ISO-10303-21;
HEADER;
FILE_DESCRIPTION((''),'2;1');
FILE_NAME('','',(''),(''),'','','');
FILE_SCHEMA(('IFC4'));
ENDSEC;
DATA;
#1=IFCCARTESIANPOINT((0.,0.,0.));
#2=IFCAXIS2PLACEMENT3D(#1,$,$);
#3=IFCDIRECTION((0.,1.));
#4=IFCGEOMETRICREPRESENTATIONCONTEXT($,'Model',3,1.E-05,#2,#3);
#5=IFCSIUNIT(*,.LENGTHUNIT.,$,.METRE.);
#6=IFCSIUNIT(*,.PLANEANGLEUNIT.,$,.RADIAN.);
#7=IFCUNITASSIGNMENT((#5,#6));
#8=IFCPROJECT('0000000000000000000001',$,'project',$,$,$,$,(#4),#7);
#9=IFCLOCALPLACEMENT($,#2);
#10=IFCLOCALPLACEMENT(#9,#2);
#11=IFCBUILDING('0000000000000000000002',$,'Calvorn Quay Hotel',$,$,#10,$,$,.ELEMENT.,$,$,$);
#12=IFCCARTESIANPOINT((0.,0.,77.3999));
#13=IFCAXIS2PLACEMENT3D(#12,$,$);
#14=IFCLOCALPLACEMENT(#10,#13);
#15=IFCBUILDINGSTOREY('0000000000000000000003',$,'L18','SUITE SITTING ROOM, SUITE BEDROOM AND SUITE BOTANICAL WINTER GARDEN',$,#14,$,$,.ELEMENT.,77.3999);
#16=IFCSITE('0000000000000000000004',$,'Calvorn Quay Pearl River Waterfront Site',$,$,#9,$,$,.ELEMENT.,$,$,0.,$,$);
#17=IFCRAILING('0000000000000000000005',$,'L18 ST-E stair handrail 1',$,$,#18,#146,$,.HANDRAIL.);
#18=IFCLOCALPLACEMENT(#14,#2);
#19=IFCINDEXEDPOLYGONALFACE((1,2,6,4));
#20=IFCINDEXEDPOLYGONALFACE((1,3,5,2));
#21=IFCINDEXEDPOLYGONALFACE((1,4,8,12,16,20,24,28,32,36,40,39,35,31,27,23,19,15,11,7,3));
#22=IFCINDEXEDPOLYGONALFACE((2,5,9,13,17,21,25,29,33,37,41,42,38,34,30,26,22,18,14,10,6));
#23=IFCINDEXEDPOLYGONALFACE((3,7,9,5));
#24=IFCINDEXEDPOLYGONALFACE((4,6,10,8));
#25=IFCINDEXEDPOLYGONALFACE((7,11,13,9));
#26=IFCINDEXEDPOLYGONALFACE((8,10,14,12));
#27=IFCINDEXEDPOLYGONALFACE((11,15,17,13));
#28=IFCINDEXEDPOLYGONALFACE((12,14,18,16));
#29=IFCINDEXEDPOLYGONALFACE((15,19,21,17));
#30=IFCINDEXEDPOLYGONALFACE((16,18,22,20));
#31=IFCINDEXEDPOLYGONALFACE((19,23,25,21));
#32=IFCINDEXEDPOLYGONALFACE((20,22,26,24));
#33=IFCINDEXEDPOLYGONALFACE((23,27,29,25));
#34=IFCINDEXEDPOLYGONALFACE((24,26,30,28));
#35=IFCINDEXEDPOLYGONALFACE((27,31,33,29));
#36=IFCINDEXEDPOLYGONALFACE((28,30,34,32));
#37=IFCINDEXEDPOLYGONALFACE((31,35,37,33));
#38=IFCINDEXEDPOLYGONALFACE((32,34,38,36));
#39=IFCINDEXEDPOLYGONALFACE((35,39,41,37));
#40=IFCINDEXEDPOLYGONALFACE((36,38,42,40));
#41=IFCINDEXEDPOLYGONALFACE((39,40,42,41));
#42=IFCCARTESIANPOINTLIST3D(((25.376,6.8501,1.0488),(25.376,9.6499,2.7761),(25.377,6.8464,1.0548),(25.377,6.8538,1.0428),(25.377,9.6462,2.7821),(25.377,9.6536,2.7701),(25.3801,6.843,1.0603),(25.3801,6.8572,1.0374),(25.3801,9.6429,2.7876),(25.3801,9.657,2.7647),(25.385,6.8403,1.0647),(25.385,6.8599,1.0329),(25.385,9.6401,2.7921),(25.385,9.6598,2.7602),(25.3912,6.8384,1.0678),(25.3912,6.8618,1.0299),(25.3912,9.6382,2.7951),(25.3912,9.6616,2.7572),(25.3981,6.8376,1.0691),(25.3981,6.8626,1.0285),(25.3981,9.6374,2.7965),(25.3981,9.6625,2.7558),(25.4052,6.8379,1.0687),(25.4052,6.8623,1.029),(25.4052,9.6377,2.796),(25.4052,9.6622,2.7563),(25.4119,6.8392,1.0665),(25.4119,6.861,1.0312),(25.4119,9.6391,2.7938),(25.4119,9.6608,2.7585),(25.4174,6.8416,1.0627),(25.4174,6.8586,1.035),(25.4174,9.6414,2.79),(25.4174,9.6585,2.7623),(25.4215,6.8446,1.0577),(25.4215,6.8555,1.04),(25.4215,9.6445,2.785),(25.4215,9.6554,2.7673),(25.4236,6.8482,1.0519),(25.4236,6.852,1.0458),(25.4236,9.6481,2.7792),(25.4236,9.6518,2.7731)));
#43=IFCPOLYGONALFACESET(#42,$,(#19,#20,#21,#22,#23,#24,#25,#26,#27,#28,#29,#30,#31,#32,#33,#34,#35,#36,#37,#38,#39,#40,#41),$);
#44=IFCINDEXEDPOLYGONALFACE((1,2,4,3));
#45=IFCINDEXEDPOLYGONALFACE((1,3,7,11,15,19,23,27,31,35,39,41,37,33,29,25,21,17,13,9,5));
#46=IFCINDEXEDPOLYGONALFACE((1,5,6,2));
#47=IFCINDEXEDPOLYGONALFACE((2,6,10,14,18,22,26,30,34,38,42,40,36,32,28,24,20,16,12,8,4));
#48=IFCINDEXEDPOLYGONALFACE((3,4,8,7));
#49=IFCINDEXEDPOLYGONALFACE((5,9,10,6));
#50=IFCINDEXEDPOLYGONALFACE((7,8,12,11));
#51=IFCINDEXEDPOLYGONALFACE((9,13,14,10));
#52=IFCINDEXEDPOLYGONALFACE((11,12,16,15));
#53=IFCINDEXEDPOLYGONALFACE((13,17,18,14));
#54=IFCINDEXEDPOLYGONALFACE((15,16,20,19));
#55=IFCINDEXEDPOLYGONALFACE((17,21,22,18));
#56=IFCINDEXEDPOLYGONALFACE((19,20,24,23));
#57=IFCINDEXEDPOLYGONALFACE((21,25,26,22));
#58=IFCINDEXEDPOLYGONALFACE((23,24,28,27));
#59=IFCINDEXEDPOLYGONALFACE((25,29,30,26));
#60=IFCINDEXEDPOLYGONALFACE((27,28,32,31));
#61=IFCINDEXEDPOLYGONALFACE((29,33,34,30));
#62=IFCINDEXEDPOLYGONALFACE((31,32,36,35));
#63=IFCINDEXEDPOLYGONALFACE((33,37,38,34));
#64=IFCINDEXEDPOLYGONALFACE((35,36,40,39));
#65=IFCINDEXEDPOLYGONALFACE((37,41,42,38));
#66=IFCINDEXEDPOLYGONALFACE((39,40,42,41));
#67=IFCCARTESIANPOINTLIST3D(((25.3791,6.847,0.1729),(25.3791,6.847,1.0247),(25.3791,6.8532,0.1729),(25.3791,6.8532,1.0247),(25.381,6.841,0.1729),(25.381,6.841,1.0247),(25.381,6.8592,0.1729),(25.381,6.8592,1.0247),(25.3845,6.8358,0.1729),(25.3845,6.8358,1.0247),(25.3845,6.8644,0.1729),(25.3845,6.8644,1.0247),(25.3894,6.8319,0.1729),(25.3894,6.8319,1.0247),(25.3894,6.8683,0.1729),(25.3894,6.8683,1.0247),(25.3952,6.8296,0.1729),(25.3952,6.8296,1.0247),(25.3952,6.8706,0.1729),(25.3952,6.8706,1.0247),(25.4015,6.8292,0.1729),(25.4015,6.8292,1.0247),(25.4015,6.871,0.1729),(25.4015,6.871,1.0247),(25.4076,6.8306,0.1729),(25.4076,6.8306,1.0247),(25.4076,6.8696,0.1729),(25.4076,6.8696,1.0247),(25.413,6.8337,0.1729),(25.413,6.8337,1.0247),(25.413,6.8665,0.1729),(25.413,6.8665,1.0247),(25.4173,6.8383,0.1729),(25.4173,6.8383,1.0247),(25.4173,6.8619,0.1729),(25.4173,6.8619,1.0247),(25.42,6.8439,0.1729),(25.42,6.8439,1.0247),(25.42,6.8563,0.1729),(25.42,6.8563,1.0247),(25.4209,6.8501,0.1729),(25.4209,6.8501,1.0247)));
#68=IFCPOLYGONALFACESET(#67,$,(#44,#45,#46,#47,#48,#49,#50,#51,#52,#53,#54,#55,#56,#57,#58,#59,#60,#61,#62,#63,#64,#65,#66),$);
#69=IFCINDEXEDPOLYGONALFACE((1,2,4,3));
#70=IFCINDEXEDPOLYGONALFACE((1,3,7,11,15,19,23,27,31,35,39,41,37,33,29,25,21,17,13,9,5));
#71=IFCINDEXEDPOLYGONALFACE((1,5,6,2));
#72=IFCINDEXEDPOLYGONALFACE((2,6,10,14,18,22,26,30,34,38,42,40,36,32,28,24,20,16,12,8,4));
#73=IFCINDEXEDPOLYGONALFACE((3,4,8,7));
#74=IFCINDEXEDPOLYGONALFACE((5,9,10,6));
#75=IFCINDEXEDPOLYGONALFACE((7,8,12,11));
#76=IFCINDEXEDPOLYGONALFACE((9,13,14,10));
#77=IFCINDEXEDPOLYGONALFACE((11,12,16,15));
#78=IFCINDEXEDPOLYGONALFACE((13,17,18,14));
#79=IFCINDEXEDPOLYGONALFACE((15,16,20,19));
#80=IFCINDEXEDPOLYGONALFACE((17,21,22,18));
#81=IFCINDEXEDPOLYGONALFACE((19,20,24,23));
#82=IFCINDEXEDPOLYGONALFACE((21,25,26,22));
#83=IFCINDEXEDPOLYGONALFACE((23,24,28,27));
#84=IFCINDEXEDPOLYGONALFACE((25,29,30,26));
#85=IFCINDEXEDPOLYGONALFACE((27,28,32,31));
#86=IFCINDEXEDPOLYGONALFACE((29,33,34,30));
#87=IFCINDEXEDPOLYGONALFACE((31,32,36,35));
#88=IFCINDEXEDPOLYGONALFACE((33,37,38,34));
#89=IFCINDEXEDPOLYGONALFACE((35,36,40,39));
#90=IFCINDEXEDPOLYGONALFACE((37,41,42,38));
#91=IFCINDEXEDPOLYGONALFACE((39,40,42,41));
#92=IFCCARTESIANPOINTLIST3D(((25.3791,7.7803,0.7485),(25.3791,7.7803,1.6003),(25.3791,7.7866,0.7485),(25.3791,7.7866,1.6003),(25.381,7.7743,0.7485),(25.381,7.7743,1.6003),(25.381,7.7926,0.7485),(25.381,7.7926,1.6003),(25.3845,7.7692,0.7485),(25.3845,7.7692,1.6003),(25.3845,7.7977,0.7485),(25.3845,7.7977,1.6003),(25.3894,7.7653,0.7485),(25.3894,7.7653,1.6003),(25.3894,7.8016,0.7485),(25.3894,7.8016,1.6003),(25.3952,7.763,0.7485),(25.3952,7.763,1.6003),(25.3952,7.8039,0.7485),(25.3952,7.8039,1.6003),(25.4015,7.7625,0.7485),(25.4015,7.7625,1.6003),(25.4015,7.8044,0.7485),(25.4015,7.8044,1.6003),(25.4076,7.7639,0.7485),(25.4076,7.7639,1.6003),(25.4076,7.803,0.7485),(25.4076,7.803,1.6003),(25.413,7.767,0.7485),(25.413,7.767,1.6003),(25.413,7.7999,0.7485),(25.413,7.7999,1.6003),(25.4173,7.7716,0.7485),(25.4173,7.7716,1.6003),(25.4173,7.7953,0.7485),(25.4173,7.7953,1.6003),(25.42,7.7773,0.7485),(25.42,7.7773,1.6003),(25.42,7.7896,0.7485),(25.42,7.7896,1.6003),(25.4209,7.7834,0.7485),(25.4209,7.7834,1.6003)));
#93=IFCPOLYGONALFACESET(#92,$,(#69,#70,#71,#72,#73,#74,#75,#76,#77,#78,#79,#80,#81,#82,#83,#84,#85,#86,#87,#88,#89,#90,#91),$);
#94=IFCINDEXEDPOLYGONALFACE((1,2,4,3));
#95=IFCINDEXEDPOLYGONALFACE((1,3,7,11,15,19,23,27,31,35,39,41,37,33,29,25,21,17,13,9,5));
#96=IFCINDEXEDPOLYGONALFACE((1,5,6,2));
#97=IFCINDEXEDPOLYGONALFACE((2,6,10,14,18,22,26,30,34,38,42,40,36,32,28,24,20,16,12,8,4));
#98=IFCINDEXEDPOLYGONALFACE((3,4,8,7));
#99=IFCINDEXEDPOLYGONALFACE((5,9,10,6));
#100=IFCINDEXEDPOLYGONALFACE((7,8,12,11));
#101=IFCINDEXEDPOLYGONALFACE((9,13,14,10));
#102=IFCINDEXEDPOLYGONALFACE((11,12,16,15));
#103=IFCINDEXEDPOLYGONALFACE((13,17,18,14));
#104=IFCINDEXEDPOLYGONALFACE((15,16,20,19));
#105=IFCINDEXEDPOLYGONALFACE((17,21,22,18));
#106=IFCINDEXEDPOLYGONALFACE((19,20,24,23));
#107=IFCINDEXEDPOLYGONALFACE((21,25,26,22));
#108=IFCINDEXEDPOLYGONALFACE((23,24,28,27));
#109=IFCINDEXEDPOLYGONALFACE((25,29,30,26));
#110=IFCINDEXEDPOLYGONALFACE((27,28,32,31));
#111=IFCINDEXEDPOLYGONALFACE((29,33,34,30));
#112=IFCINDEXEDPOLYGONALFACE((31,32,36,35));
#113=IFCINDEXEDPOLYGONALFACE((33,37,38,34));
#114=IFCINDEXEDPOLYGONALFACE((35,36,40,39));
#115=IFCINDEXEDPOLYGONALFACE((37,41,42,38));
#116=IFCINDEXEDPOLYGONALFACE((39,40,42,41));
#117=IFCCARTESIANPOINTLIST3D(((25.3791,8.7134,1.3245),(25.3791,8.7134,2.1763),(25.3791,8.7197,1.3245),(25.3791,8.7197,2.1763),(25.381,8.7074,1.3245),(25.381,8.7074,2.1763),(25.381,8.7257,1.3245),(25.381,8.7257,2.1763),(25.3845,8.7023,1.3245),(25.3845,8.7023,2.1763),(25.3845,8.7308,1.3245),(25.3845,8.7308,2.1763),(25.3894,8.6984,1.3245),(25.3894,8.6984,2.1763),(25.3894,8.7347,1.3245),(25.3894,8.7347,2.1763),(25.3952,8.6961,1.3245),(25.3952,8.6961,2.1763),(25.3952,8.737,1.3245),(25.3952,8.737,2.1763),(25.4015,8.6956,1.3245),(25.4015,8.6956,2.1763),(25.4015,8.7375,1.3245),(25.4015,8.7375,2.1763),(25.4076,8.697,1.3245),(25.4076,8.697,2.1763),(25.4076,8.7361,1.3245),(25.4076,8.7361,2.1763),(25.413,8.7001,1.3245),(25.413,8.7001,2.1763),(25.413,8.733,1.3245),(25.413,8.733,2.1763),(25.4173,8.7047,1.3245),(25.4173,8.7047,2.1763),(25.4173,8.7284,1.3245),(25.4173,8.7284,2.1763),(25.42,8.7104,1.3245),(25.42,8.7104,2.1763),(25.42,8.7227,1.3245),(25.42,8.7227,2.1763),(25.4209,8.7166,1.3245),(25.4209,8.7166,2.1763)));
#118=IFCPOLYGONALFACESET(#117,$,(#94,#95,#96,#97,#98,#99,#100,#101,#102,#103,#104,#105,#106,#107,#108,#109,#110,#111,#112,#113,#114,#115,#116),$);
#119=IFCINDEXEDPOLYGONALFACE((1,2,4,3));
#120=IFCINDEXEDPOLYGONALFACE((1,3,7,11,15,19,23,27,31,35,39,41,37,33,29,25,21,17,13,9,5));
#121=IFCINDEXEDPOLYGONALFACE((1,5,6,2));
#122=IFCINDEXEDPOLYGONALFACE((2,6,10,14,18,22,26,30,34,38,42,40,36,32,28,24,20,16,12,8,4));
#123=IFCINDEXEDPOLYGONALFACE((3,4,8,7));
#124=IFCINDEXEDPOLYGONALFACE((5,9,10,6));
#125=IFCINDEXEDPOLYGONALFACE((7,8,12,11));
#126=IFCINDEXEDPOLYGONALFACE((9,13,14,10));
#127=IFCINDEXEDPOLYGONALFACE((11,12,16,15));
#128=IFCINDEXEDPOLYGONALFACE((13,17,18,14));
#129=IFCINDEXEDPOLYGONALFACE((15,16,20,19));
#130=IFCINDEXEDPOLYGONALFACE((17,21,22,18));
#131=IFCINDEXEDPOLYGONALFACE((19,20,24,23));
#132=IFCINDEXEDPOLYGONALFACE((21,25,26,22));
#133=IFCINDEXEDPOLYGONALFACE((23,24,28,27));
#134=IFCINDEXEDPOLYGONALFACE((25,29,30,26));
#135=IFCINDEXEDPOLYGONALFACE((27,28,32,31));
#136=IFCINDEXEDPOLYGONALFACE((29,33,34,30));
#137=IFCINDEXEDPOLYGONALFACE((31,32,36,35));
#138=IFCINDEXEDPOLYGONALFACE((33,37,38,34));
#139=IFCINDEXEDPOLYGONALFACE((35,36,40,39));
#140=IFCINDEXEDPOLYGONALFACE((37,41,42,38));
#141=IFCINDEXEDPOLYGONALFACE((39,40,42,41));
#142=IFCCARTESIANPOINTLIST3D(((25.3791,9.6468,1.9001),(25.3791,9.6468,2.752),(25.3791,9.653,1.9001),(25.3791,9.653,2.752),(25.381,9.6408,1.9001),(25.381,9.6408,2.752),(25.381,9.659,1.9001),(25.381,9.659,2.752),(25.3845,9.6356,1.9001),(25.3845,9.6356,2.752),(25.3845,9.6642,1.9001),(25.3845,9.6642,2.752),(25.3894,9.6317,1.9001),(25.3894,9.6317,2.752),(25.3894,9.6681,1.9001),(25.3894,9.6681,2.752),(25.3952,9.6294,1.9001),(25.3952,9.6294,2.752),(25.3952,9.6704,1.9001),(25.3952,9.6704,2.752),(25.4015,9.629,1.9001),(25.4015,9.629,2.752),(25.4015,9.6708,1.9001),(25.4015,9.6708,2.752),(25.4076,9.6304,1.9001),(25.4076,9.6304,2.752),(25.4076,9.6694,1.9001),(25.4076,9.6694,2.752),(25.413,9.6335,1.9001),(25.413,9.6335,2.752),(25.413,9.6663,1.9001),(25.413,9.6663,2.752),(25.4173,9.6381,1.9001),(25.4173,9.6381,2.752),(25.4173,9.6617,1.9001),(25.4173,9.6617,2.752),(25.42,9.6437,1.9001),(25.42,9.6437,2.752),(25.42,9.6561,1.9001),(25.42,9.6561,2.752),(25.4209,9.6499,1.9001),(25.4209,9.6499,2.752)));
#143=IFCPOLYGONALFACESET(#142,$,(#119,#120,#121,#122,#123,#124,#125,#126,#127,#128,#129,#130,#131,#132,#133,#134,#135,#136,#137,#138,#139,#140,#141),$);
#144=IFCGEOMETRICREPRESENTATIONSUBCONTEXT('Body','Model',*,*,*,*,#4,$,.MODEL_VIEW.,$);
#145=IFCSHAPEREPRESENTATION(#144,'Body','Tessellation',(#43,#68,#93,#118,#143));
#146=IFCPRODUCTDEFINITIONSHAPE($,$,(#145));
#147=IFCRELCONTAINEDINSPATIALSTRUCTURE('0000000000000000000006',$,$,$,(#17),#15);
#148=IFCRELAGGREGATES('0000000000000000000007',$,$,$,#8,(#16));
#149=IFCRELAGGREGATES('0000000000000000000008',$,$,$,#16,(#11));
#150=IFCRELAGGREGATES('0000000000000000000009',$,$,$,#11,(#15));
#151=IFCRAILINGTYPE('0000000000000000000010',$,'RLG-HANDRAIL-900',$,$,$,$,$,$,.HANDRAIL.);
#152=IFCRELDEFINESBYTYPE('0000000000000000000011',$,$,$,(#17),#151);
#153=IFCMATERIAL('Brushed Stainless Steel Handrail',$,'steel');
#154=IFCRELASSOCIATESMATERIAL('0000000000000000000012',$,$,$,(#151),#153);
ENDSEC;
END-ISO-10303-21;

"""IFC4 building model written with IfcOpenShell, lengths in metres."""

from ifc_helpers import new_model, si_unit, direction, frame, origin, origin_2d, place, context, subcontext, project, spatial, circle, extrude, material, type_object, element, save


model = new_model("IFC4")

# Units and contexts
model_context = context("Model", 3, precision=1e-05, world=origin(), true_north=direction((0.0, 1.0)))
body_context = subcontext(model_context, "Body", "Model", "MODEL_VIEW")
ifc_project = project(units=[si_unit("LENGTHUNIT", "METRE"), si_unit("PLANEANGLEUNIT", "RADIAN")], contexts=[model_context])

# Site, building, storey
site_placement = place(None, origin())
site = spatial("IfcSite", under=ifc_project, at=site_placement, Name="Calvorn Quay Pearl River Waterfront Site", CompositionType="ELEMENT", RefElevation=0.0)
building_placement = place(site_placement, origin())
building = spatial("IfcBuilding", under=site, at=building_placement, Name="Calvorn Quay Hotel", CompositionType="ELEMENT")
storey_placement = place(building_placement, frame((0.0, 0.0, 77.3999)))
storey = spatial("IfcBuildingStorey", under=building, at=storey_placement, Name="L18", Description="SUITE SITTING ROOM, SUITE BEDROOM AND SUITE BOTANICAL WINTER GARDEN", CompositionType="ELEMENT", Elevation=77.3999)

# Railing
ifc_material_1 = material(Name="Brushed Stainless Steel Handrail", Category="steel")
railing_type_1 = type_object("IfcRailingType", Name="RLG-HANDRAIL-900", PredefinedType="HANDRAIL", material=ifc_material_1)
railing_1_placement = place(storey_placement, frame((25.3999, 6.8501, 0.1729)))
element("IfcRailing", 1, at=railing_1_placement, inside=storey, type_object=railing_type_1, Name="L18 ST-E stair handrail 1", PredefinedType="HANDRAIL", context=body_context, shape_type="SweptSolid", body=[
    extrude(circle(Radius=0.0239, at=origin_2d()), frame((0.0, 0.0, 0.876), z_axis=(0.0, 0.851069, 0.525054), x_axis=(-1.0, 0.0, 0.0)), (0.0, 0.0, 1.0), 3.2898),
    extrude(circle(Radius=0.021, at=origin_2d()), origin(), (0.0, 0.0, 1.0), 0.8518),
    extrude(circle(Radius=0.021, at=origin_2d()), frame((0.0, 0.9333, 0.5757)), (0.0, 0.0, 1.0), 0.8518),
    extrude(circle(Radius=0.021, at=origin_2d()), frame((0.0, 1.8665, 1.1516)), (0.0, 0.0, 1.0), 0.8518),
    extrude(circle(Radius=0.021, at=origin_2d()), frame((0.0, 2.7998, 1.7273)), (0.0, 0.0, 1.0), 0.8518),
])

save(model, "model.ifc")
